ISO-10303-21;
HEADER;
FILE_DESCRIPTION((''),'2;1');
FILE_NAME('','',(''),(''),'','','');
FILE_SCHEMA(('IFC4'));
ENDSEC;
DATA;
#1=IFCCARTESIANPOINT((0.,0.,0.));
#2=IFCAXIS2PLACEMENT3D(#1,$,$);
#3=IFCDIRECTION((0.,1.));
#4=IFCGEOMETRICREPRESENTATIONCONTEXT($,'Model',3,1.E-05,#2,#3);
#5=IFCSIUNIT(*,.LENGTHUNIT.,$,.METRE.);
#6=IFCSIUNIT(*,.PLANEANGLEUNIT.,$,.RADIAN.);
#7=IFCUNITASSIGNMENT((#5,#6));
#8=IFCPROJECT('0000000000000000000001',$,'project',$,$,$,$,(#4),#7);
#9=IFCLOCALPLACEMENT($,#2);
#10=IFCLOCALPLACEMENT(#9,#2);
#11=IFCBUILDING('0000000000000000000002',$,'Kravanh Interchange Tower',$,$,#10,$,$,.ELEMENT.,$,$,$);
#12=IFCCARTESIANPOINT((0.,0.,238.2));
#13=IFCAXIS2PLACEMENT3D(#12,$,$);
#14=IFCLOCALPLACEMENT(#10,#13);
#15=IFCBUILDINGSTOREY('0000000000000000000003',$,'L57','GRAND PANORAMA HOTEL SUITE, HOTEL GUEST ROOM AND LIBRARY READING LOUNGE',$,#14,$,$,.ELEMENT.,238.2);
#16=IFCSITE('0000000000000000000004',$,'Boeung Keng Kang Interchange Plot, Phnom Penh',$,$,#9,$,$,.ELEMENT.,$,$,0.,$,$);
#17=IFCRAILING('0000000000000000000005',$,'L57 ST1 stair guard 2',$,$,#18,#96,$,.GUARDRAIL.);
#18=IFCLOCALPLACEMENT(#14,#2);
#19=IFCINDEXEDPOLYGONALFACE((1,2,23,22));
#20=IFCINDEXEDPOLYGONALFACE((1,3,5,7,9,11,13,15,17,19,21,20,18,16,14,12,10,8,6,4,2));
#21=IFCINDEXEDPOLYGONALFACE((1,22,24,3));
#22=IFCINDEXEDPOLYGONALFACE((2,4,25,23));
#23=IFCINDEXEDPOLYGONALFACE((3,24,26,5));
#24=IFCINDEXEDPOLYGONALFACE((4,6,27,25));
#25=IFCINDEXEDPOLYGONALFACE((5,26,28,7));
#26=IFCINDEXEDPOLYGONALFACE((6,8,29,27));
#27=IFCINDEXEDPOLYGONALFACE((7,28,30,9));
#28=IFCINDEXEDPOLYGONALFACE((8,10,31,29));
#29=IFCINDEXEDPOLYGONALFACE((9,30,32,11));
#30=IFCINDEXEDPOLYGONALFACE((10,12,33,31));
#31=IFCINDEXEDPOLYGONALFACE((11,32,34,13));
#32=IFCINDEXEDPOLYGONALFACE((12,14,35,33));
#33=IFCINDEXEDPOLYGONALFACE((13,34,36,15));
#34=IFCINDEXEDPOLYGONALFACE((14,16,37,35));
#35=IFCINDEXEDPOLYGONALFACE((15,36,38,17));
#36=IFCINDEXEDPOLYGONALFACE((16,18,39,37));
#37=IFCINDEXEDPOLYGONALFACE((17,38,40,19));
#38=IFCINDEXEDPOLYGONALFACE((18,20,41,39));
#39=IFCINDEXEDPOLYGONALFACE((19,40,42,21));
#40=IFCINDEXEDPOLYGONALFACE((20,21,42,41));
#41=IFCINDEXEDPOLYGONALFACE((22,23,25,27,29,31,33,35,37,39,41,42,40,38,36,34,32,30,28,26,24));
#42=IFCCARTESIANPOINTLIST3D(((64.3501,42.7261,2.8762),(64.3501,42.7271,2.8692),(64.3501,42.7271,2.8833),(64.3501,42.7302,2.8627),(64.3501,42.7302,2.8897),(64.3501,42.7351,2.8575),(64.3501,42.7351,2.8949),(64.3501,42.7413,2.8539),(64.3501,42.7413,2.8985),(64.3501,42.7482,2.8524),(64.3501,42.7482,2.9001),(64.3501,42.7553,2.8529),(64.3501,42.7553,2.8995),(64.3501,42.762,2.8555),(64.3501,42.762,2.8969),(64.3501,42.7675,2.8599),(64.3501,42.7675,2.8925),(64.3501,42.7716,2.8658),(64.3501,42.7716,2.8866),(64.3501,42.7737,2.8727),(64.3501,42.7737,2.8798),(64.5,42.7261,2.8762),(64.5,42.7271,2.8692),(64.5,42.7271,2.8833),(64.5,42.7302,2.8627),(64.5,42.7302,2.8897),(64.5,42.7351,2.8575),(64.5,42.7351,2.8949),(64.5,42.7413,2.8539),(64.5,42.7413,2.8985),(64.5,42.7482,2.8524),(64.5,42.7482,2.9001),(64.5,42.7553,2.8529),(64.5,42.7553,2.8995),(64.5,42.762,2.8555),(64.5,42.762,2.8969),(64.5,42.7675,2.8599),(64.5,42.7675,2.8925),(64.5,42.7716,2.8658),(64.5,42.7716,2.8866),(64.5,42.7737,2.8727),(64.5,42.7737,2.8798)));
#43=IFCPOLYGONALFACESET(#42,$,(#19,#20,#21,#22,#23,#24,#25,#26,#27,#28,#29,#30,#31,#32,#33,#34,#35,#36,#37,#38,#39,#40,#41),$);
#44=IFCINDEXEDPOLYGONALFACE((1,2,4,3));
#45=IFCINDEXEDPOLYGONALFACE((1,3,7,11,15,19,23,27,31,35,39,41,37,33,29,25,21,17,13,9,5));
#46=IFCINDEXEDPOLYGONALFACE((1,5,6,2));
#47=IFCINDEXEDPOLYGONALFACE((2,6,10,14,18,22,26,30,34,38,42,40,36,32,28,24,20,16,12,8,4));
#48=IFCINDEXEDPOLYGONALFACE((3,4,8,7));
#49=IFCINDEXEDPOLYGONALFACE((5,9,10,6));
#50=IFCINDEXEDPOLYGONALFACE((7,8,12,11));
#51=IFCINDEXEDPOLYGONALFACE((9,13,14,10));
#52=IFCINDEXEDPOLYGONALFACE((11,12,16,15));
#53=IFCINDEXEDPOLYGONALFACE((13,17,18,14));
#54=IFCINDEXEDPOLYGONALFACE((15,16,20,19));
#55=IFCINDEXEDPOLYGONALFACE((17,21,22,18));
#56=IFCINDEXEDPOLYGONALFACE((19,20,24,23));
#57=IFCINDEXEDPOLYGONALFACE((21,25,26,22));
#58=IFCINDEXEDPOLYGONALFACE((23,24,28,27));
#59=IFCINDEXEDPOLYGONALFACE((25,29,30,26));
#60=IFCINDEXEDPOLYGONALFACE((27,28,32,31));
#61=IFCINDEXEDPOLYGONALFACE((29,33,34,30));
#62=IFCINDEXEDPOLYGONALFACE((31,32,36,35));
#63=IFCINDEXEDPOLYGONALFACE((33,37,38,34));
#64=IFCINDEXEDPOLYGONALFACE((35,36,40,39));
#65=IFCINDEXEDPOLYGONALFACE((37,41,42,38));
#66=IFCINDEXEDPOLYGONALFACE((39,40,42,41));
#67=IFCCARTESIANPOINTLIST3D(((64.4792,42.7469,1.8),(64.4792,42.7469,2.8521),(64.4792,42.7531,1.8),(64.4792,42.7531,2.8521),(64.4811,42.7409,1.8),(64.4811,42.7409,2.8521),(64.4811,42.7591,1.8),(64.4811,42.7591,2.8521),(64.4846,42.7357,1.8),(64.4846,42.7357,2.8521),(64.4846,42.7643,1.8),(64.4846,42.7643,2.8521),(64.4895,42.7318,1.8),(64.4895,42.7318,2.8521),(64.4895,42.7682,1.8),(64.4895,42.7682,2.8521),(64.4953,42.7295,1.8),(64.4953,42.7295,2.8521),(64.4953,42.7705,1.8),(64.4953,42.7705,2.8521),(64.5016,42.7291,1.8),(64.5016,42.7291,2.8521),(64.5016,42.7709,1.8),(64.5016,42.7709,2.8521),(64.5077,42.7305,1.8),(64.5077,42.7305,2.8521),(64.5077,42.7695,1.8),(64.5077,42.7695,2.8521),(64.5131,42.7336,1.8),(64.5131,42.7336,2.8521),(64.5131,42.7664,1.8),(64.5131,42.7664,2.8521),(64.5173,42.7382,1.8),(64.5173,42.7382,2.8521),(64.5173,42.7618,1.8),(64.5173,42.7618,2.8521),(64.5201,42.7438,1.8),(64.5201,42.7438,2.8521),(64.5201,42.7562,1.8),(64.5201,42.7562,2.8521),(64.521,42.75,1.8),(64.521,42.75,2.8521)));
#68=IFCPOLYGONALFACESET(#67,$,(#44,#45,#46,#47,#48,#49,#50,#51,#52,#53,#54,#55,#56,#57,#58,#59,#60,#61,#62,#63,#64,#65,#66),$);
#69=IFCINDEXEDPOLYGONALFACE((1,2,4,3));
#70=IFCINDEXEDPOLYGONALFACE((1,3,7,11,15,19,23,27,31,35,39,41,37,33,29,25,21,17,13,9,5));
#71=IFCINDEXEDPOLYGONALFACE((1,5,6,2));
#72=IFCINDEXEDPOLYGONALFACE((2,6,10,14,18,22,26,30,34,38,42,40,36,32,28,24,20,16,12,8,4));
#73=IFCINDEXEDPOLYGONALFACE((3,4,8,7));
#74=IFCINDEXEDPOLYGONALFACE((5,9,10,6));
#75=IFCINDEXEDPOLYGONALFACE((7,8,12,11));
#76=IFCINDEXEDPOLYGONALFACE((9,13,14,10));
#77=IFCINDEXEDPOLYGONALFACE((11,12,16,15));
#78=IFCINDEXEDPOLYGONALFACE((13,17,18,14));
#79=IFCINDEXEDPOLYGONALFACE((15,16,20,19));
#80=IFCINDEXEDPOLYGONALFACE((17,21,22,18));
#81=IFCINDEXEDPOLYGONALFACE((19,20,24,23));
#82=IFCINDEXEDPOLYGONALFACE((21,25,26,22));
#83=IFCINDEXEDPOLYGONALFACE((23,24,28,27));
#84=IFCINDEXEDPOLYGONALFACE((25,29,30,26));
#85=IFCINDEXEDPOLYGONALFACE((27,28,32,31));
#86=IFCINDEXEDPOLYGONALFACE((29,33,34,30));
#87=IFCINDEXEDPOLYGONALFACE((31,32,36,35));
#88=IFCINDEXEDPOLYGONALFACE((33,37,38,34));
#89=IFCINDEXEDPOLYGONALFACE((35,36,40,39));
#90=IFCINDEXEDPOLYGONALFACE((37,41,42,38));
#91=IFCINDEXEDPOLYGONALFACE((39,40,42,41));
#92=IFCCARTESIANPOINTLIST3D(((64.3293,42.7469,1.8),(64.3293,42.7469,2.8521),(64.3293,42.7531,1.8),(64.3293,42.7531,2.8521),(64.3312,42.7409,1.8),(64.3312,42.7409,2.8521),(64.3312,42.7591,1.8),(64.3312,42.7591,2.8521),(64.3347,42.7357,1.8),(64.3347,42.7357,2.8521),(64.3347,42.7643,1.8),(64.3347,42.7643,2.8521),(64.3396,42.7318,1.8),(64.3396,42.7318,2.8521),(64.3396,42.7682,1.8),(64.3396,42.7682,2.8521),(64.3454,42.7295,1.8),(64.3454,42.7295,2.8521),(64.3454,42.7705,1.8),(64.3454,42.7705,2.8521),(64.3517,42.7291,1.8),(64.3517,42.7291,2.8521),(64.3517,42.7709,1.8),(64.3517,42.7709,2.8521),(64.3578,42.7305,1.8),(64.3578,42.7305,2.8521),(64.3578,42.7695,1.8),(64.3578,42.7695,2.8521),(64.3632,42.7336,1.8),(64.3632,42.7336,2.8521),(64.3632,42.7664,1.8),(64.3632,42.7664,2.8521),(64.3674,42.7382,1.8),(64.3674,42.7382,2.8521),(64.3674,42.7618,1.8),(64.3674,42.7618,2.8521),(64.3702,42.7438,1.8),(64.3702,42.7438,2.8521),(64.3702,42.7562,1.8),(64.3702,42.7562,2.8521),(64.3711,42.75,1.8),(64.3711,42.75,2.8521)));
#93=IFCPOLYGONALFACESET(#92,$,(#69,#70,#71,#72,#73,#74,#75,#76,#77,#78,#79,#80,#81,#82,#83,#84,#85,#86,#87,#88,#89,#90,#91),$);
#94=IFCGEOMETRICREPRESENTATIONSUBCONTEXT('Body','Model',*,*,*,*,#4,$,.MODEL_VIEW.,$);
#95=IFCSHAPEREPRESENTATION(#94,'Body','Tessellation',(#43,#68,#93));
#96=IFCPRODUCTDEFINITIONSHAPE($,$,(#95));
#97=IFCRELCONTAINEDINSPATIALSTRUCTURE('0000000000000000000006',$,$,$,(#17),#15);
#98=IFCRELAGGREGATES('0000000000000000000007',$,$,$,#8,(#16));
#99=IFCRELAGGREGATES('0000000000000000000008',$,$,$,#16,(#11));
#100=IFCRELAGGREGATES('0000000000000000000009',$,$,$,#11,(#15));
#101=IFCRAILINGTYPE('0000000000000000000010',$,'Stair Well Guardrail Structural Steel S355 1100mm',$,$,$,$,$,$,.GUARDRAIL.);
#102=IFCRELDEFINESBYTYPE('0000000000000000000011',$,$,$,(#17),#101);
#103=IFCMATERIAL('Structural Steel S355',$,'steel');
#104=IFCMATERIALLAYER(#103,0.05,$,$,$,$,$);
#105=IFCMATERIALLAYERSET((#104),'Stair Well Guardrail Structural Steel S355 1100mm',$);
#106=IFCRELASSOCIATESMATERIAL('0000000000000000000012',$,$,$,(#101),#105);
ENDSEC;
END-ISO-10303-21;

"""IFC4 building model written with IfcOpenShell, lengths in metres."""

from ifc_helpers import new_model, si_unit, direction, frame, origin, origin_2d, place, context, subcontext, project, spatial, circle, extrude, material, layer, layer_set, type_object, element, save


model = new_model("IFC4")

# Units and contexts
model_context = context("Model", 3, precision=1e-05, world=origin(), true_north=direction((0.0, 1.0)))
body_context = subcontext(model_context, "Body", "Model", "MODEL_VIEW")
ifc_project = project(units=[si_unit("LENGTHUNIT", "METRE"), si_unit("PLANEANGLEUNIT", "RADIAN")], contexts=[model_context])

# Site, building, storey
site_placement = place(None, origin())
site = spatial("IfcSite", under=ifc_project, at=site_placement, Name="Boeung Keng Kang Interchange Plot, Phnom Penh", CompositionType="ELEMENT", RefElevation=0.0)
building_placement = place(site_placement, origin())
building = spatial("IfcBuilding", under=site, at=building_placement, Name="Kravanh Interchange Tower", CompositionType="ELEMENT")
storey_placement = place(building_placement, frame((0.0, 0.0, 238.2)))
storey = spatial("IfcBuildingStorey", under=building, at=storey_placement, Name="L57", Description="GRAND PANORAMA HOTEL SUITE, HOTEL GUEST ROOM AND LIBRARY READING LOUNGE", CompositionType="ELEMENT", Elevation=238.2)

# Railing
ifc_material_1 = material(Name="Structural Steel S355", Category="steel")
ifc_layer_1 = layer(ifc_material_1, 0.05)
ifc_layer_set_1 = layer_set([ifc_layer_1], Name="Stair Well Guardrail Structural Steel S355 1100mm")
railing_type_1 = type_object("IfcRailingType", Name="Stair Well Guardrail Structural Steel S355 1100mm", PredefinedType="GUARDRAIL", material=ifc_layer_set_1)
railing_1_placement = place(storey_placement, frame((64.5, 42.75, 1.8)))
element("IfcRailing", 1, at=railing_1_placement, inside=storey, type_object=railing_type_1, Name="L57 ST1 stair guard 2", PredefinedType="GUARDRAIL", context=body_context, shape_type="SweptSolid", body=[
    extrude(circle(Radius=0.0239, at=origin_2d()), frame((0.0, 0.0, 1.0762), z_axis=(-1.0, 0.0, 0.0), x_axis=(0.0, -1.0, 0.0)), (0.0, 0.0, 1.0), 0.1499),
    extrude(circle(Radius=0.021, at=origin_2d()), origin(), (0.0, 0.0, 1.0), 1.052),
    extrude(circle(Radius=0.021, at=origin_2d()), frame((-0.1499, 0.0, 0.0)), (0.0, 0.0, 1.0), 1.052),
])

save(model, "model.ifc")
